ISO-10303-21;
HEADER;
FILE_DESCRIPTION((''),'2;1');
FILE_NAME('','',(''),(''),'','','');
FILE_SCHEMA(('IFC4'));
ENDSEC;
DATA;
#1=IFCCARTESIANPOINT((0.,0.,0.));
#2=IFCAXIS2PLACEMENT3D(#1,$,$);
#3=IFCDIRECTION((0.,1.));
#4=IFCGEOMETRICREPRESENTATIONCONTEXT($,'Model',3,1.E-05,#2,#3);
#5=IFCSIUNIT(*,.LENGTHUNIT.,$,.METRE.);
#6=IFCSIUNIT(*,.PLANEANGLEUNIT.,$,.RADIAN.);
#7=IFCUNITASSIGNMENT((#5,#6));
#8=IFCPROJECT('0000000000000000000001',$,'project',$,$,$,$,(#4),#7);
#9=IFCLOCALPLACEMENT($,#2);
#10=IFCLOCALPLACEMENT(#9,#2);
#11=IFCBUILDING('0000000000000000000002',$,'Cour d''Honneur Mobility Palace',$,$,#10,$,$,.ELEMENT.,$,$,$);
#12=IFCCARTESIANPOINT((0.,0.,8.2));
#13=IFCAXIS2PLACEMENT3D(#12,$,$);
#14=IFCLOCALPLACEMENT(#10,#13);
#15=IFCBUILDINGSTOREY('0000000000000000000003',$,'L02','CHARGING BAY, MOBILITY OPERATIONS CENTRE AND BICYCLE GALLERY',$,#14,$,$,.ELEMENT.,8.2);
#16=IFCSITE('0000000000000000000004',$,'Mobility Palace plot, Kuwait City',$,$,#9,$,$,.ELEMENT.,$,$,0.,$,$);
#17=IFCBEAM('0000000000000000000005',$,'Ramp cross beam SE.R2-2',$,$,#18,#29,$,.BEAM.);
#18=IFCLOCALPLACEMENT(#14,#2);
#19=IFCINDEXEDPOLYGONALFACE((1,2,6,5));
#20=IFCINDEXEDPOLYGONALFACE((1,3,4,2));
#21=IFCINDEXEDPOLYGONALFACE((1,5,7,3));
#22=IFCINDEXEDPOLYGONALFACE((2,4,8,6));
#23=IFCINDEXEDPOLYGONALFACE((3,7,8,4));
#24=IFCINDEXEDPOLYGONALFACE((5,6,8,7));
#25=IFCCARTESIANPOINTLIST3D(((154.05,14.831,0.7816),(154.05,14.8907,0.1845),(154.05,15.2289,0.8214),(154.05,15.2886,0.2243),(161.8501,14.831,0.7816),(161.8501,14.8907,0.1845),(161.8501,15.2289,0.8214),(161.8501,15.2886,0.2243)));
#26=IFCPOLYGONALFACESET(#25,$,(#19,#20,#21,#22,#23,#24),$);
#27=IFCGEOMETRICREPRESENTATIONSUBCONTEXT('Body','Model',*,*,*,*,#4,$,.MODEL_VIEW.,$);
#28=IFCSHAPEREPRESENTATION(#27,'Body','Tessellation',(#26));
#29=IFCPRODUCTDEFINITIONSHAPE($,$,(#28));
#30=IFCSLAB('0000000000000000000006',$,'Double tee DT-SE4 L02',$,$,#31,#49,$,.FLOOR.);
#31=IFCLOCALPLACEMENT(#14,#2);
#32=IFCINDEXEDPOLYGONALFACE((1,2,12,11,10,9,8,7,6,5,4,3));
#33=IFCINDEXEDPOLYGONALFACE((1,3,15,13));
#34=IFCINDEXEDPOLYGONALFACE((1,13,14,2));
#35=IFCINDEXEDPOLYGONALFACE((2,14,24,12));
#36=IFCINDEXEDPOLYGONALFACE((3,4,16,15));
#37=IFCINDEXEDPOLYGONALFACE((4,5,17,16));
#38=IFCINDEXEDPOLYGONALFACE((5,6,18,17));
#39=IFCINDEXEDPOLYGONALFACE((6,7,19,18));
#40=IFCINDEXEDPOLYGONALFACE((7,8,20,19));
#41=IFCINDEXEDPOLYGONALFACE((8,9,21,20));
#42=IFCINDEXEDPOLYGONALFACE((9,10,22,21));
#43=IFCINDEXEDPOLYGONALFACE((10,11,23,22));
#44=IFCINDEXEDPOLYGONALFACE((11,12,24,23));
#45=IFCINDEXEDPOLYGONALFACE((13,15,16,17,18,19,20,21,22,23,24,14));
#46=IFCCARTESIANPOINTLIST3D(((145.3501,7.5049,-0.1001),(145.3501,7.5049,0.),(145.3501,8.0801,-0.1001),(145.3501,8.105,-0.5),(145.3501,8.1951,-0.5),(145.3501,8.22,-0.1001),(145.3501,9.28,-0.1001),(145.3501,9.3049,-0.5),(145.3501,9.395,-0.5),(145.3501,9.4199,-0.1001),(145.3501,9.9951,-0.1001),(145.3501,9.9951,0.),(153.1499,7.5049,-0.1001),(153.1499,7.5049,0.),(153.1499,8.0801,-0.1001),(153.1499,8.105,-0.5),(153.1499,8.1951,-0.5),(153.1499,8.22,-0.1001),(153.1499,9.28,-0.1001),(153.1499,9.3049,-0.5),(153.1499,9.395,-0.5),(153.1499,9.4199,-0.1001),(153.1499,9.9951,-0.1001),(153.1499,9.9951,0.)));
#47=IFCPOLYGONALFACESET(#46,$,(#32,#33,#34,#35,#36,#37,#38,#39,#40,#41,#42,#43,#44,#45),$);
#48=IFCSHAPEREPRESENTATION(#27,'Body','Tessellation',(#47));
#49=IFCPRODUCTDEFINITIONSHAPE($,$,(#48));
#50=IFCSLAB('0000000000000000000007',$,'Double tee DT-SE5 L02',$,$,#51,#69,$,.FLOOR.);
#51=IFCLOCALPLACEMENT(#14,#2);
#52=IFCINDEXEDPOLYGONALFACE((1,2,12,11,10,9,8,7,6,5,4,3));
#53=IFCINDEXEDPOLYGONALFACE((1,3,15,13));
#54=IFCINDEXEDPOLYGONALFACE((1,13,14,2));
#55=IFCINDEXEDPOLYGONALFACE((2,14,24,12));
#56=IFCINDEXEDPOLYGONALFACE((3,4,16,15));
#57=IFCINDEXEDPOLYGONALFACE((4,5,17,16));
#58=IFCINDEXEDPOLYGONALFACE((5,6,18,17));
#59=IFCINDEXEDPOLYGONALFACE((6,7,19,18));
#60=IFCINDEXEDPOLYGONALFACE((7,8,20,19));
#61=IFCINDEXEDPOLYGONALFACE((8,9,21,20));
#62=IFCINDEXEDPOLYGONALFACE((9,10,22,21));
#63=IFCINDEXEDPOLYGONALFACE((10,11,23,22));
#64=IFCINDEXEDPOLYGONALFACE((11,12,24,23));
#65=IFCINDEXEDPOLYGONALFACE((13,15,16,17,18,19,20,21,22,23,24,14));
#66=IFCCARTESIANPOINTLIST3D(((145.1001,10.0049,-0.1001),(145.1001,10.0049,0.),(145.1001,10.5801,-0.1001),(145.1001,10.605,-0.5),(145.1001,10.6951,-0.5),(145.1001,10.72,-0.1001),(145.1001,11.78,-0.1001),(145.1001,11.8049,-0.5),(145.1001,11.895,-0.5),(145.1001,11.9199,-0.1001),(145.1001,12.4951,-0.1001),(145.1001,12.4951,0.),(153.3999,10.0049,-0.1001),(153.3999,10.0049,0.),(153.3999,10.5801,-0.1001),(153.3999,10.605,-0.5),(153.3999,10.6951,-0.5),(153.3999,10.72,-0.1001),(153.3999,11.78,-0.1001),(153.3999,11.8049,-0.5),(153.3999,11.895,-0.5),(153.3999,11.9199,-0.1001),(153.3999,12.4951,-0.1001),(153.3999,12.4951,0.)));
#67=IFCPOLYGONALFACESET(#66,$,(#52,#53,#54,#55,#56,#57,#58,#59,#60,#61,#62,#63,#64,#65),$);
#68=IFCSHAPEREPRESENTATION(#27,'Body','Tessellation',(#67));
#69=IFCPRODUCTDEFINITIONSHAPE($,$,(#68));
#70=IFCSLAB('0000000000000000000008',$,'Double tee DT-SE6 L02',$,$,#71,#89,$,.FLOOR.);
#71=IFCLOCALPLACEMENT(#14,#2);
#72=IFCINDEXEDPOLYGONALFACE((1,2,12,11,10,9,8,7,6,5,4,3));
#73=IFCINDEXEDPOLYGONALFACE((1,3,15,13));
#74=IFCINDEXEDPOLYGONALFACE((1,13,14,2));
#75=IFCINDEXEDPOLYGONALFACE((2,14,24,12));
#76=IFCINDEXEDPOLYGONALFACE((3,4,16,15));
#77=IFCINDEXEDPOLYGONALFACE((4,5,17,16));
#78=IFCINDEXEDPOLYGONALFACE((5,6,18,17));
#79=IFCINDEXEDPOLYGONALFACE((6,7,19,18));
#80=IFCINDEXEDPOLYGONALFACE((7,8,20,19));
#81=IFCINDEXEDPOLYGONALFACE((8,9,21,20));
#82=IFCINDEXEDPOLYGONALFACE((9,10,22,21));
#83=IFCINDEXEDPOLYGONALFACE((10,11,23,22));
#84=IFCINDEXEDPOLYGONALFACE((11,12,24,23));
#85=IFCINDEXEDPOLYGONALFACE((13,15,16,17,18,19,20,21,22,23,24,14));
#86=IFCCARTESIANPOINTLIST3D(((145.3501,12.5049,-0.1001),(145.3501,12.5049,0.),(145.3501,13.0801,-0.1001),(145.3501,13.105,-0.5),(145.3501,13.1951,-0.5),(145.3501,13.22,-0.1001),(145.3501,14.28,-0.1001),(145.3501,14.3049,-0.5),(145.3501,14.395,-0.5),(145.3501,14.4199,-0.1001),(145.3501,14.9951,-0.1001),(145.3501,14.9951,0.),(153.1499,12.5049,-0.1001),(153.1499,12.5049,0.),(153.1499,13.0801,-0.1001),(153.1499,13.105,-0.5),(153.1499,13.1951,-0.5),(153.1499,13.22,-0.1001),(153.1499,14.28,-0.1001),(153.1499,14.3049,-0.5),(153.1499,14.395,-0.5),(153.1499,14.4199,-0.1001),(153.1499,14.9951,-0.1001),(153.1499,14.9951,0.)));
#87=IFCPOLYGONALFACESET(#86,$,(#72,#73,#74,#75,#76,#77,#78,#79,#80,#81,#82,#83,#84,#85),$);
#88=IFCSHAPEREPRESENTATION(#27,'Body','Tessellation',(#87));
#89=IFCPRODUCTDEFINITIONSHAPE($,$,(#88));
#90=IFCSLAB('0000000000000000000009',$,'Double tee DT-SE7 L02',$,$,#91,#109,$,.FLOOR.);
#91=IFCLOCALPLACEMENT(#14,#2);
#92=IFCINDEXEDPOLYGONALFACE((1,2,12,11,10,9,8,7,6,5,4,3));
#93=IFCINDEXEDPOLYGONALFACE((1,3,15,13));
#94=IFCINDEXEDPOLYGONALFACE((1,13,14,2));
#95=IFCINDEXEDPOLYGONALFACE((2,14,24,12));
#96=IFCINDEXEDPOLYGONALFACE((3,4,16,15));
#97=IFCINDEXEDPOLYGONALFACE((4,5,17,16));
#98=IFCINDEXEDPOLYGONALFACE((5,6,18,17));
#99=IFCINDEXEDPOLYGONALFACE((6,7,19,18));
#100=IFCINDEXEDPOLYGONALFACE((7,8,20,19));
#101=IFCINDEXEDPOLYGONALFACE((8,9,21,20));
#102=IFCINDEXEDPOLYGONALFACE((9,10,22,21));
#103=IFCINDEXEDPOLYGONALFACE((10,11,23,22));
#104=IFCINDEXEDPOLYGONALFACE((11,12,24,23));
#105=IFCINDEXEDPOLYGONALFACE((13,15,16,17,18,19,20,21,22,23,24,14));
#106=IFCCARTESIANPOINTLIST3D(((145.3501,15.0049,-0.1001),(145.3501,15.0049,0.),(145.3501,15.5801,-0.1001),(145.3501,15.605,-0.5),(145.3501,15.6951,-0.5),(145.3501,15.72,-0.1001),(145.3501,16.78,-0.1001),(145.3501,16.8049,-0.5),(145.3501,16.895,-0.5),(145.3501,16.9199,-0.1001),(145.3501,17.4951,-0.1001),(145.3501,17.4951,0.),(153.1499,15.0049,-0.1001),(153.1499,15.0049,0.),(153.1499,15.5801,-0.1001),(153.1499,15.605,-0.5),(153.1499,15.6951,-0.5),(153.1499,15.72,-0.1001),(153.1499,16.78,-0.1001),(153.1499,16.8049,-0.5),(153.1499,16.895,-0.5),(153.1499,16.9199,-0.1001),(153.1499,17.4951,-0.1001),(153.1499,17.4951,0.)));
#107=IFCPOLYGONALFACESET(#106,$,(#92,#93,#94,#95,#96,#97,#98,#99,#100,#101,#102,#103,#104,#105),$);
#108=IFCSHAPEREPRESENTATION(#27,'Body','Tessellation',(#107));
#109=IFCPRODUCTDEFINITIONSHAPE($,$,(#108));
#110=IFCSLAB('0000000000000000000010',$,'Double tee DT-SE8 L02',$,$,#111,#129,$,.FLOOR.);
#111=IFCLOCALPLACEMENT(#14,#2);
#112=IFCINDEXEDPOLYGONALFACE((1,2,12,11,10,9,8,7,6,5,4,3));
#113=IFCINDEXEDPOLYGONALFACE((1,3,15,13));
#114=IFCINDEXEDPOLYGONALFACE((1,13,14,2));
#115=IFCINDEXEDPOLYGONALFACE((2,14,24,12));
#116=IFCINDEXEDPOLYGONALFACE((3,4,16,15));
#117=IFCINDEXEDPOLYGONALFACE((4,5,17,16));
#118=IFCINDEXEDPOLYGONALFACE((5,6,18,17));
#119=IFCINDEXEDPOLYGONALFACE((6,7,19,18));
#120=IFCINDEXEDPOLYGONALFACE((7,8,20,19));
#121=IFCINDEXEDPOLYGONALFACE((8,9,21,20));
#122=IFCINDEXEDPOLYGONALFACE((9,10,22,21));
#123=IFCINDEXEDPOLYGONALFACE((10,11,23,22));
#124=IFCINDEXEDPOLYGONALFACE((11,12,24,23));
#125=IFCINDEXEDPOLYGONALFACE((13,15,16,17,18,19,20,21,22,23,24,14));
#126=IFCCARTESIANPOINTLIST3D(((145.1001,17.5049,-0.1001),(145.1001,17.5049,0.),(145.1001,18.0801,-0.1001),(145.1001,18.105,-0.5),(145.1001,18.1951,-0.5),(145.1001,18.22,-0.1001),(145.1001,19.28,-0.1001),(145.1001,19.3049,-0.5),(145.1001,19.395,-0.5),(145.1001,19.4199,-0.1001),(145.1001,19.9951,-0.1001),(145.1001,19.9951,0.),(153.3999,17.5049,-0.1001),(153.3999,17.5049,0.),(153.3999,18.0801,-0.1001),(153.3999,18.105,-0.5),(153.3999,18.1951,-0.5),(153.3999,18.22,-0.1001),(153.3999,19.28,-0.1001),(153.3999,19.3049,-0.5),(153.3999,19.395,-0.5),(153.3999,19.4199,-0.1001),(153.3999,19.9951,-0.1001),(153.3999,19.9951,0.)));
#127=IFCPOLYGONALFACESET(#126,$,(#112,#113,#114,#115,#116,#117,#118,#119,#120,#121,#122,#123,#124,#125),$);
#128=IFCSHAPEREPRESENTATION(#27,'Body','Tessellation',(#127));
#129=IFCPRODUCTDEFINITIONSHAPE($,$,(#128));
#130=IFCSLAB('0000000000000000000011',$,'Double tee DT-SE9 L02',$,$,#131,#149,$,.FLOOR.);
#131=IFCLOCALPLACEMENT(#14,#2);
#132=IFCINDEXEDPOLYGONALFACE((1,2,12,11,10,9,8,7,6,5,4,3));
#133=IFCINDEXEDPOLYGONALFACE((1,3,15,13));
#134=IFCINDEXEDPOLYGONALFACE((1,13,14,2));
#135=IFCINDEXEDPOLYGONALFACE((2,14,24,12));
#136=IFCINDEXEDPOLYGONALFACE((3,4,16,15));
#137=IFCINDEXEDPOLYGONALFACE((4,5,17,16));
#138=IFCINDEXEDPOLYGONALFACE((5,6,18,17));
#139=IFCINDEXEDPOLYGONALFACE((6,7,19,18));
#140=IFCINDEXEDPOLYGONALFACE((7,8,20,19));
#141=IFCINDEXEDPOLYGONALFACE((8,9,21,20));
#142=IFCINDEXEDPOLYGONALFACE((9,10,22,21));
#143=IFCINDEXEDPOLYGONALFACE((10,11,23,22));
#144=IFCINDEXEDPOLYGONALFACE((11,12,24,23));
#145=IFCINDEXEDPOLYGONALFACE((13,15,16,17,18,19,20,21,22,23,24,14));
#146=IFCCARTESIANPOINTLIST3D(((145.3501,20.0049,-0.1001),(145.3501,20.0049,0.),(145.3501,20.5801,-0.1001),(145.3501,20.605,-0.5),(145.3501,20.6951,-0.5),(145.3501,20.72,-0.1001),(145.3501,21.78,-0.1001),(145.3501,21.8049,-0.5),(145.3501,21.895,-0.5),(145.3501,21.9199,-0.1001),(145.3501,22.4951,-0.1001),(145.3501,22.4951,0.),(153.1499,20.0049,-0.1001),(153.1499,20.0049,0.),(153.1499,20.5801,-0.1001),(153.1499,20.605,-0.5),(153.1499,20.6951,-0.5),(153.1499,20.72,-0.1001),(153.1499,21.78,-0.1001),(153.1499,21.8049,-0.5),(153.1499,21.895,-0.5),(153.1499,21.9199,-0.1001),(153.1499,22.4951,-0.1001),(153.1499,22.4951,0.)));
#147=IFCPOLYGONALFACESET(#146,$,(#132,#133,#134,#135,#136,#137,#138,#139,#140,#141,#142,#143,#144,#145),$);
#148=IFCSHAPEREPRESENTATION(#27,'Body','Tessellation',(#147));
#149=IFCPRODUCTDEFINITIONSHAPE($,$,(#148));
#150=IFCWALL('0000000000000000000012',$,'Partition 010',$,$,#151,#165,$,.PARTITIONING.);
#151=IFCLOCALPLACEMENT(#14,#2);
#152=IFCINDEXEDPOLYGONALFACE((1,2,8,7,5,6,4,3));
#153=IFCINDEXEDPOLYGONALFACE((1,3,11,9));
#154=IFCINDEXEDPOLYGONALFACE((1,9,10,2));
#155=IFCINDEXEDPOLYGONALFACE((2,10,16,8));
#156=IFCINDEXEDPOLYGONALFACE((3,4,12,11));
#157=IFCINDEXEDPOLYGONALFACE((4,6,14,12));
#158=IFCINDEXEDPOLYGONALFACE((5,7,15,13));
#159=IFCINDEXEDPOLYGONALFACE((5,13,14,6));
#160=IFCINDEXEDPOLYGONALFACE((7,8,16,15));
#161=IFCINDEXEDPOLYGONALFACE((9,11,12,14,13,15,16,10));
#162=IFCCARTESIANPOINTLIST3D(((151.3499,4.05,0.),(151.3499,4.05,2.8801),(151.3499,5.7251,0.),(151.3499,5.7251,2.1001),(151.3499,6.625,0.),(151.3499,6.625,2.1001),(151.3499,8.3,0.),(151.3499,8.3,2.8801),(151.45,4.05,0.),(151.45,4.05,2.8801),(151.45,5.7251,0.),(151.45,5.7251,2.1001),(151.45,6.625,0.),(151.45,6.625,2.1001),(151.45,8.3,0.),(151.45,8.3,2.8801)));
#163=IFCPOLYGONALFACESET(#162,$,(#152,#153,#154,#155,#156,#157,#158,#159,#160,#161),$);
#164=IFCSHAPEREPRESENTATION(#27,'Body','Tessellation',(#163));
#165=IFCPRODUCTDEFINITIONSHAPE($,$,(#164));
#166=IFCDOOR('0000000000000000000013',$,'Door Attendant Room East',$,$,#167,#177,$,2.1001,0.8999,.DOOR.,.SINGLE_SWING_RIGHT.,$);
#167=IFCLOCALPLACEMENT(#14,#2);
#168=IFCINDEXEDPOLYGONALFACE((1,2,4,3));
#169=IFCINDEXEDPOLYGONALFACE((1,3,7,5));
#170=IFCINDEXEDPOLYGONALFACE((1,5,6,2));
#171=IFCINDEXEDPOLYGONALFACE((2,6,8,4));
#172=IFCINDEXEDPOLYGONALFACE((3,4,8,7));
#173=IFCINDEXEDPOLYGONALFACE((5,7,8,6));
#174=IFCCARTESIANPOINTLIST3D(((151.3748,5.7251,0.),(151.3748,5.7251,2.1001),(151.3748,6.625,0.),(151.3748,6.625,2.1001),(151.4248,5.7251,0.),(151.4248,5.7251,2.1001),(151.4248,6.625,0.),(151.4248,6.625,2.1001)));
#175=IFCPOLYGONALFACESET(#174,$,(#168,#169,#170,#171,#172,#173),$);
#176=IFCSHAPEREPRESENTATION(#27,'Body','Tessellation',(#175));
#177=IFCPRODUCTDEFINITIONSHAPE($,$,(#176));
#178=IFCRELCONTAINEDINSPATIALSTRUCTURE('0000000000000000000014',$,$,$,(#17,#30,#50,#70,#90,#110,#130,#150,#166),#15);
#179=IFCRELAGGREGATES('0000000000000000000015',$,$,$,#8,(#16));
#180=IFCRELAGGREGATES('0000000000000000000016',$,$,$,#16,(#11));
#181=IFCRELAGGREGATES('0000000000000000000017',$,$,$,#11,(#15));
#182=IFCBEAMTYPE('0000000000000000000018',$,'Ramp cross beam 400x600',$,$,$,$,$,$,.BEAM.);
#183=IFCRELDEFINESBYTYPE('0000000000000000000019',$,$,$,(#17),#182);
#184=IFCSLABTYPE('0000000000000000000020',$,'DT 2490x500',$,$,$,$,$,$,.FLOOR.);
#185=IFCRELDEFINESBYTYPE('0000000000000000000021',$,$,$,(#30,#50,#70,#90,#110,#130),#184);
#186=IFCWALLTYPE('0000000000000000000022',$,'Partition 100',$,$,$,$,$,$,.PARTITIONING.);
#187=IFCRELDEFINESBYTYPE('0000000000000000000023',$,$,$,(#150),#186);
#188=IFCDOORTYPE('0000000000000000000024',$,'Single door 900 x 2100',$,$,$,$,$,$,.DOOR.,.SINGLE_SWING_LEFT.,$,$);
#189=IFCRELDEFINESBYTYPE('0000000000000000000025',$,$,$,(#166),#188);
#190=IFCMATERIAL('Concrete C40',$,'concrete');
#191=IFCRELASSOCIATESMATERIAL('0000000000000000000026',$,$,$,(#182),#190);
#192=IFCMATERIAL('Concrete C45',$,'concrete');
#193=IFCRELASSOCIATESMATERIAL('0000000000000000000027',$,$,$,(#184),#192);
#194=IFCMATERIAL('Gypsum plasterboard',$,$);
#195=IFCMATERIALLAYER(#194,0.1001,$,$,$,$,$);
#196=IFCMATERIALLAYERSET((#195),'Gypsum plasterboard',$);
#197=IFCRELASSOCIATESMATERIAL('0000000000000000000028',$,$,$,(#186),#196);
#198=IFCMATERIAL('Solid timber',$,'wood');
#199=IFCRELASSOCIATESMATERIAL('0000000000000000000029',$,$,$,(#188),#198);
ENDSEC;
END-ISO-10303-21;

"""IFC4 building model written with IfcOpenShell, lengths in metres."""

from ifc_helpers import new_model, si_unit, direction, frame, frame_2d, origin, origin_2d, place, context, subcontext, project, spatial, polyline, rectangle, outline, extrude, material, layer, layer_set, material_profile, profile_set, type_object, element, fill, save


model = new_model("IFC4")

# Units and contexts
model_context = context("Model", 3, precision=1e-05, world=origin(), true_north=direction((0.0, 1.0)))
body_context = subcontext(model_context, "Body", "Model", "MODEL_VIEW")
ifc_project = project(units=[si_unit("LENGTHUNIT", "METRE"), si_unit("PLANEANGLEUNIT", "RADIAN")], contexts=[model_context])

# Site, building, storey
site_placement = place(None, origin())
site = spatial("IfcSite", under=ifc_project, at=site_placement, Name="Mobility Palace plot, Kuwait City", CompositionType="ELEMENT", RefElevation=0.0)
building_placement = place(site_placement, origin())
building = spatial("IfcBuilding", under=site, at=building_placement, Name="Cour d'Honneur Mobility Palace", CompositionType="ELEMENT")
storey_placement = place(building_placement, frame((0.0, 0.0, 8.2)))
storey = spatial("IfcBuildingStorey", under=building, at=storey_placement, Name="L02", Description="CHARGING BAY, MOBILITY OPERATIONS CENTRE AND BICYCLE GALLERY", CompositionType="ELEMENT", Elevation=8.2)

# Beam
ifc_material_1 = material(Name="Concrete C40", Category="concrete")
ifc_material_profile_1 = material_profile(ifc_material_1, rectangle(XDim=0.3999, YDim=0.6001, at=origin_2d()), Name="Ramp cross beam 400x600")
ifc_profile_set_1 = profile_set([ifc_material_profile_1], Name="Concrete C40")
beam_type_1 = type_object("IfcBeamType", Name="Ramp cross beam 400x600", PredefinedType="BEAM", material=ifc_profile_set_1)
for number, where, z_axis, x_axis, name in (
    (1, (161.8501, 15.0598, 0.5029), (-1.0, 0.0, 0.0), (0.0, -0.995037, -0.099504), "Ramp cross beam SE.R2-2"),
):
    element("IfcBeam", number, at=place(storey_placement, frame(where, z_axis=z_axis, x_axis=x_axis)), inside=storey, type_object=beam_type_1, Name=name, PredefinedType="BEAM", context=body_context, shape_type="SweptSolid", body=[
        extrude(rectangle(XDim=0.3999, YDim=0.6001, at=origin_2d()), origin(), (0.0, 0.0, 1.0), 7.8),
    ])

# Slabs
ifc_material_2 = material(Name="Concrete C45", Category="concrete")
ifc_material_profile_2 = material_profile(ifc_material_2, outline(polyline([(-1.2451, 0.0), (1.2451, 0.0), (1.2451, -0.1001), (0.6699, -0.1001), (0.645, -0.5), (0.5549, -0.5), (0.53, -0.1001), (-0.53, -0.1001), (-0.5549, -0.5), (-0.645, -0.5), (-0.6699, -0.1001), (-1.2451, -0.1001), (-1.2451, 0.0)])), Name="DT 2490x500")
ifc_profile_set_2 = profile_set([ifc_material_profile_2], Name="Concrete C45")
slab_type = type_object("IfcSlabType", Name="DT 2490x500", PredefinedType="FLOOR", material=ifc_profile_set_2)
slab_1_placement = place(storey_placement, frame((145.3501, 8.75, 0.0), z_axis=(1.0, 0.0, 0.0), x_axis=(0.0, 1.0, 0.0)))
element("IfcSlab", 2, at=slab_1_placement, inside=storey, type_object=slab_type, Name="Double tee DT-SE4 L02", PredefinedType="FLOOR", context=body_context, shape_type="SweptSolid", body=[
    extrude(outline(polyline([(-1.2451, 0.0), (1.2451, 0.0), (1.2451, -0.1001), (0.6699, -0.1001), (0.645, -0.5), (0.5549, -0.5), (0.53, -0.1001), (-0.53, -0.1001), (-0.5549, -0.5), (-0.645, -0.5), (-0.6699, -0.1001), (-1.2451, -0.1001), (-1.2451, 0.0)])), origin(), (0.0, 0.0, 1.0), 7.7998),
])
slab_2_placement = place(storey_placement, frame((145.1001, 11.25, 0.0), z_axis=(1.0, 0.0, 0.0), x_axis=(0.0, 1.0, 0.0)))
element("IfcSlab", 3, at=slab_2_placement, inside=storey, type_object=slab_type, Name="Double tee DT-SE5 L02", PredefinedType="FLOOR", context=body_context, shape_type="SweptSolid", body=[
    extrude(outline(polyline([(-1.2451, 0.0), (1.2451, 0.0), (1.2451, -0.1001), (0.6699, -0.1001), (0.645, -0.5), (0.5549, -0.5), (0.53, -0.1001), (-0.53, -0.1001), (-0.5549, -0.5), (-0.645, -0.5), (-0.6699, -0.1001), (-1.2451, -0.1001), (-1.2451, 0.0)])), origin(), (0.0, 0.0, 1.0), 8.2998),
])
for number, where, z_axis, x_axis, name in (
    (4, (145.3501, 13.75, 0.0), (1.0, 0.0, 0.0), (0.0, 1.0, 0.0), "Double tee DT-SE6 L02"),
    (5, (145.3501, 16.25, 0.0), (1.0, 0.0, 0.0), (0.0, 1.0, 0.0), "Double tee DT-SE7 L02"),
):
    element("IfcSlab", number, at=place(storey_placement, frame(where, z_axis=z_axis, x_axis=x_axis)), inside=storey, type_object=slab_type, Name=name, PredefinedType="FLOOR", context=body_context, shape_type="SweptSolid", body=[
        extrude(outline(polyline([(-1.2451, 0.0), (1.2451, 0.0), (1.2451, -0.1001), (0.6699, -0.1001), (0.645, -0.5), (0.5549, -0.5), (0.53, -0.1001), (-0.53, -0.1001), (-0.5549, -0.5), (-0.645, -0.5), (-0.6699, -0.1001), (-1.2451, -0.1001), (-1.2451, 0.0)])), origin(), (0.0, 0.0, 1.0), 7.7998),
    ])
slab_3_placement = place(storey_placement, frame((145.1001, 18.75, 0.0), z_axis=(1.0, 0.0, 0.0), x_axis=(0.0, 1.0, 0.0)))
element("IfcSlab", 6, at=slab_3_placement, inside=storey, type_object=slab_type, Name="Double tee DT-SE8 L02", PredefinedType="FLOOR", context=body_context, shape_type="SweptSolid", body=[
    extrude(outline(polyline([(-1.2451, 0.0), (1.2451, 0.0), (1.2451, -0.1001), (0.6699, -0.1001), (0.645, -0.5), (0.5549, -0.5), (0.53, -0.1001), (-0.53, -0.1001), (-0.5549, -0.5), (-0.645, -0.5), (-0.6699, -0.1001), (-1.2451, -0.1001), (-1.2451, 0.0)])), origin(), (0.0, 0.0, 1.0), 8.2998),
])
slab_4_placement = place(storey_placement, frame((145.3501, 21.25, 0.0), z_axis=(1.0, 0.0, 0.0), x_axis=(0.0, 1.0, 0.0)))
element("IfcSlab", 7, at=slab_4_placement, inside=storey, type_object=slab_type, Name="Double tee DT-SE9 L02", PredefinedType="FLOOR", context=body_context, shape_type="SweptSolid", body=[
    extrude(outline(polyline([(-1.2451, 0.0), (1.2451, 0.0), (1.2451, -0.1001), (0.6699, -0.1001), (0.645, -0.5), (0.5549, -0.5), (0.53, -0.1001), (-0.53, -0.1001), (-0.5549, -0.5), (-0.645, -0.5), (-0.6699, -0.1001), (-1.2451, -0.1001), (-1.2451, 0.0)])), origin(), (0.0, 0.0, 1.0), 7.7998),
])

# Wall, opening, door
ifc_material_3 = material(Name="Gypsum plasterboard")
ifc_layer_1 = layer(ifc_material_3, 0.1001)
ifc_layer_set_1 = layer_set([ifc_layer_1], Name="Gypsum plasterboard")
wall_type_1 = type_object("IfcWallType", Name="Partition 100", PredefinedType="PARTITIONING", material=ifc_layer_set_1)
wall_1_placement = place(storey_placement, frame((151.3999, 8.3, 0.0), z_axis=(0.0, 0.0, 1.0), x_axis=(0.0, -1.0, 0.0)))
wall_1 = element("IfcWall", 8, at=wall_1_placement, inside=storey, type_object=wall_type_1, Name="Partition 010", PredefinedType="PARTITIONING", context=body_context, shape_type="SweptSolid", body=[
    extrude(rectangle(XDim=4.25, YDim=0.1001, at=frame_2d((2.125, 0.0))), origin(), (0.0, 0.0, 1.0), 2.8801),
])
opening_1_placement = place(wall_1_placement, frame((1.675, 0.0, 0.0)))
opening_1 = element("IfcOpeningElement", 9, at=opening_1_placement, cuts=wall_1, PredefinedType="OPENING", context=body_context, shape_type="SweptSolid", body=[
    extrude(rectangle(XDim=0.8999, YDim=2.1001, at=frame_2d((0.45, 1.05))), frame((0.0, 0.0601, 0.0), z_axis=(0.0, -1.0, 0.0), x_axis=(1.0, 0.0, 0.0)), (0.0, 0.0, 1.0), 0.1201),
])
ifc_material_4 = material(Name="Solid timber", Category="wood")
door_type_1 = type_object("IfcDoorType", Name="Single door 900 x 2100", OperationType="SINGLE_SWING_LEFT", PredefinedType="DOOR", material=ifc_material_4)
door_1_placement = place(opening_1_placement, origin())
door_1 = element("IfcDoor", 10, at=door_1_placement, inside=storey, type_object=door_type_1, Name="Door Attendant Room East", OperationType="SINGLE_SWING_RIGHT", OverallHeight=2.1001, OverallWidth=0.8999, PredefinedType="DOOR", context=body_context, shape_type="SweptSolid", body=[
    extrude(rectangle(XDim=0.8999, YDim=2.1001, at=frame_2d((0.45, 1.05))), frame((0.0, 0.0249, 0.0), z_axis=(0.0, -1.0, 0.0), x_axis=(1.0, 0.0, 0.0)), (0.0, 0.0, 1.0), 0.05),
])
fill(opening_1, door_1)

save(model, "model.ifc")
